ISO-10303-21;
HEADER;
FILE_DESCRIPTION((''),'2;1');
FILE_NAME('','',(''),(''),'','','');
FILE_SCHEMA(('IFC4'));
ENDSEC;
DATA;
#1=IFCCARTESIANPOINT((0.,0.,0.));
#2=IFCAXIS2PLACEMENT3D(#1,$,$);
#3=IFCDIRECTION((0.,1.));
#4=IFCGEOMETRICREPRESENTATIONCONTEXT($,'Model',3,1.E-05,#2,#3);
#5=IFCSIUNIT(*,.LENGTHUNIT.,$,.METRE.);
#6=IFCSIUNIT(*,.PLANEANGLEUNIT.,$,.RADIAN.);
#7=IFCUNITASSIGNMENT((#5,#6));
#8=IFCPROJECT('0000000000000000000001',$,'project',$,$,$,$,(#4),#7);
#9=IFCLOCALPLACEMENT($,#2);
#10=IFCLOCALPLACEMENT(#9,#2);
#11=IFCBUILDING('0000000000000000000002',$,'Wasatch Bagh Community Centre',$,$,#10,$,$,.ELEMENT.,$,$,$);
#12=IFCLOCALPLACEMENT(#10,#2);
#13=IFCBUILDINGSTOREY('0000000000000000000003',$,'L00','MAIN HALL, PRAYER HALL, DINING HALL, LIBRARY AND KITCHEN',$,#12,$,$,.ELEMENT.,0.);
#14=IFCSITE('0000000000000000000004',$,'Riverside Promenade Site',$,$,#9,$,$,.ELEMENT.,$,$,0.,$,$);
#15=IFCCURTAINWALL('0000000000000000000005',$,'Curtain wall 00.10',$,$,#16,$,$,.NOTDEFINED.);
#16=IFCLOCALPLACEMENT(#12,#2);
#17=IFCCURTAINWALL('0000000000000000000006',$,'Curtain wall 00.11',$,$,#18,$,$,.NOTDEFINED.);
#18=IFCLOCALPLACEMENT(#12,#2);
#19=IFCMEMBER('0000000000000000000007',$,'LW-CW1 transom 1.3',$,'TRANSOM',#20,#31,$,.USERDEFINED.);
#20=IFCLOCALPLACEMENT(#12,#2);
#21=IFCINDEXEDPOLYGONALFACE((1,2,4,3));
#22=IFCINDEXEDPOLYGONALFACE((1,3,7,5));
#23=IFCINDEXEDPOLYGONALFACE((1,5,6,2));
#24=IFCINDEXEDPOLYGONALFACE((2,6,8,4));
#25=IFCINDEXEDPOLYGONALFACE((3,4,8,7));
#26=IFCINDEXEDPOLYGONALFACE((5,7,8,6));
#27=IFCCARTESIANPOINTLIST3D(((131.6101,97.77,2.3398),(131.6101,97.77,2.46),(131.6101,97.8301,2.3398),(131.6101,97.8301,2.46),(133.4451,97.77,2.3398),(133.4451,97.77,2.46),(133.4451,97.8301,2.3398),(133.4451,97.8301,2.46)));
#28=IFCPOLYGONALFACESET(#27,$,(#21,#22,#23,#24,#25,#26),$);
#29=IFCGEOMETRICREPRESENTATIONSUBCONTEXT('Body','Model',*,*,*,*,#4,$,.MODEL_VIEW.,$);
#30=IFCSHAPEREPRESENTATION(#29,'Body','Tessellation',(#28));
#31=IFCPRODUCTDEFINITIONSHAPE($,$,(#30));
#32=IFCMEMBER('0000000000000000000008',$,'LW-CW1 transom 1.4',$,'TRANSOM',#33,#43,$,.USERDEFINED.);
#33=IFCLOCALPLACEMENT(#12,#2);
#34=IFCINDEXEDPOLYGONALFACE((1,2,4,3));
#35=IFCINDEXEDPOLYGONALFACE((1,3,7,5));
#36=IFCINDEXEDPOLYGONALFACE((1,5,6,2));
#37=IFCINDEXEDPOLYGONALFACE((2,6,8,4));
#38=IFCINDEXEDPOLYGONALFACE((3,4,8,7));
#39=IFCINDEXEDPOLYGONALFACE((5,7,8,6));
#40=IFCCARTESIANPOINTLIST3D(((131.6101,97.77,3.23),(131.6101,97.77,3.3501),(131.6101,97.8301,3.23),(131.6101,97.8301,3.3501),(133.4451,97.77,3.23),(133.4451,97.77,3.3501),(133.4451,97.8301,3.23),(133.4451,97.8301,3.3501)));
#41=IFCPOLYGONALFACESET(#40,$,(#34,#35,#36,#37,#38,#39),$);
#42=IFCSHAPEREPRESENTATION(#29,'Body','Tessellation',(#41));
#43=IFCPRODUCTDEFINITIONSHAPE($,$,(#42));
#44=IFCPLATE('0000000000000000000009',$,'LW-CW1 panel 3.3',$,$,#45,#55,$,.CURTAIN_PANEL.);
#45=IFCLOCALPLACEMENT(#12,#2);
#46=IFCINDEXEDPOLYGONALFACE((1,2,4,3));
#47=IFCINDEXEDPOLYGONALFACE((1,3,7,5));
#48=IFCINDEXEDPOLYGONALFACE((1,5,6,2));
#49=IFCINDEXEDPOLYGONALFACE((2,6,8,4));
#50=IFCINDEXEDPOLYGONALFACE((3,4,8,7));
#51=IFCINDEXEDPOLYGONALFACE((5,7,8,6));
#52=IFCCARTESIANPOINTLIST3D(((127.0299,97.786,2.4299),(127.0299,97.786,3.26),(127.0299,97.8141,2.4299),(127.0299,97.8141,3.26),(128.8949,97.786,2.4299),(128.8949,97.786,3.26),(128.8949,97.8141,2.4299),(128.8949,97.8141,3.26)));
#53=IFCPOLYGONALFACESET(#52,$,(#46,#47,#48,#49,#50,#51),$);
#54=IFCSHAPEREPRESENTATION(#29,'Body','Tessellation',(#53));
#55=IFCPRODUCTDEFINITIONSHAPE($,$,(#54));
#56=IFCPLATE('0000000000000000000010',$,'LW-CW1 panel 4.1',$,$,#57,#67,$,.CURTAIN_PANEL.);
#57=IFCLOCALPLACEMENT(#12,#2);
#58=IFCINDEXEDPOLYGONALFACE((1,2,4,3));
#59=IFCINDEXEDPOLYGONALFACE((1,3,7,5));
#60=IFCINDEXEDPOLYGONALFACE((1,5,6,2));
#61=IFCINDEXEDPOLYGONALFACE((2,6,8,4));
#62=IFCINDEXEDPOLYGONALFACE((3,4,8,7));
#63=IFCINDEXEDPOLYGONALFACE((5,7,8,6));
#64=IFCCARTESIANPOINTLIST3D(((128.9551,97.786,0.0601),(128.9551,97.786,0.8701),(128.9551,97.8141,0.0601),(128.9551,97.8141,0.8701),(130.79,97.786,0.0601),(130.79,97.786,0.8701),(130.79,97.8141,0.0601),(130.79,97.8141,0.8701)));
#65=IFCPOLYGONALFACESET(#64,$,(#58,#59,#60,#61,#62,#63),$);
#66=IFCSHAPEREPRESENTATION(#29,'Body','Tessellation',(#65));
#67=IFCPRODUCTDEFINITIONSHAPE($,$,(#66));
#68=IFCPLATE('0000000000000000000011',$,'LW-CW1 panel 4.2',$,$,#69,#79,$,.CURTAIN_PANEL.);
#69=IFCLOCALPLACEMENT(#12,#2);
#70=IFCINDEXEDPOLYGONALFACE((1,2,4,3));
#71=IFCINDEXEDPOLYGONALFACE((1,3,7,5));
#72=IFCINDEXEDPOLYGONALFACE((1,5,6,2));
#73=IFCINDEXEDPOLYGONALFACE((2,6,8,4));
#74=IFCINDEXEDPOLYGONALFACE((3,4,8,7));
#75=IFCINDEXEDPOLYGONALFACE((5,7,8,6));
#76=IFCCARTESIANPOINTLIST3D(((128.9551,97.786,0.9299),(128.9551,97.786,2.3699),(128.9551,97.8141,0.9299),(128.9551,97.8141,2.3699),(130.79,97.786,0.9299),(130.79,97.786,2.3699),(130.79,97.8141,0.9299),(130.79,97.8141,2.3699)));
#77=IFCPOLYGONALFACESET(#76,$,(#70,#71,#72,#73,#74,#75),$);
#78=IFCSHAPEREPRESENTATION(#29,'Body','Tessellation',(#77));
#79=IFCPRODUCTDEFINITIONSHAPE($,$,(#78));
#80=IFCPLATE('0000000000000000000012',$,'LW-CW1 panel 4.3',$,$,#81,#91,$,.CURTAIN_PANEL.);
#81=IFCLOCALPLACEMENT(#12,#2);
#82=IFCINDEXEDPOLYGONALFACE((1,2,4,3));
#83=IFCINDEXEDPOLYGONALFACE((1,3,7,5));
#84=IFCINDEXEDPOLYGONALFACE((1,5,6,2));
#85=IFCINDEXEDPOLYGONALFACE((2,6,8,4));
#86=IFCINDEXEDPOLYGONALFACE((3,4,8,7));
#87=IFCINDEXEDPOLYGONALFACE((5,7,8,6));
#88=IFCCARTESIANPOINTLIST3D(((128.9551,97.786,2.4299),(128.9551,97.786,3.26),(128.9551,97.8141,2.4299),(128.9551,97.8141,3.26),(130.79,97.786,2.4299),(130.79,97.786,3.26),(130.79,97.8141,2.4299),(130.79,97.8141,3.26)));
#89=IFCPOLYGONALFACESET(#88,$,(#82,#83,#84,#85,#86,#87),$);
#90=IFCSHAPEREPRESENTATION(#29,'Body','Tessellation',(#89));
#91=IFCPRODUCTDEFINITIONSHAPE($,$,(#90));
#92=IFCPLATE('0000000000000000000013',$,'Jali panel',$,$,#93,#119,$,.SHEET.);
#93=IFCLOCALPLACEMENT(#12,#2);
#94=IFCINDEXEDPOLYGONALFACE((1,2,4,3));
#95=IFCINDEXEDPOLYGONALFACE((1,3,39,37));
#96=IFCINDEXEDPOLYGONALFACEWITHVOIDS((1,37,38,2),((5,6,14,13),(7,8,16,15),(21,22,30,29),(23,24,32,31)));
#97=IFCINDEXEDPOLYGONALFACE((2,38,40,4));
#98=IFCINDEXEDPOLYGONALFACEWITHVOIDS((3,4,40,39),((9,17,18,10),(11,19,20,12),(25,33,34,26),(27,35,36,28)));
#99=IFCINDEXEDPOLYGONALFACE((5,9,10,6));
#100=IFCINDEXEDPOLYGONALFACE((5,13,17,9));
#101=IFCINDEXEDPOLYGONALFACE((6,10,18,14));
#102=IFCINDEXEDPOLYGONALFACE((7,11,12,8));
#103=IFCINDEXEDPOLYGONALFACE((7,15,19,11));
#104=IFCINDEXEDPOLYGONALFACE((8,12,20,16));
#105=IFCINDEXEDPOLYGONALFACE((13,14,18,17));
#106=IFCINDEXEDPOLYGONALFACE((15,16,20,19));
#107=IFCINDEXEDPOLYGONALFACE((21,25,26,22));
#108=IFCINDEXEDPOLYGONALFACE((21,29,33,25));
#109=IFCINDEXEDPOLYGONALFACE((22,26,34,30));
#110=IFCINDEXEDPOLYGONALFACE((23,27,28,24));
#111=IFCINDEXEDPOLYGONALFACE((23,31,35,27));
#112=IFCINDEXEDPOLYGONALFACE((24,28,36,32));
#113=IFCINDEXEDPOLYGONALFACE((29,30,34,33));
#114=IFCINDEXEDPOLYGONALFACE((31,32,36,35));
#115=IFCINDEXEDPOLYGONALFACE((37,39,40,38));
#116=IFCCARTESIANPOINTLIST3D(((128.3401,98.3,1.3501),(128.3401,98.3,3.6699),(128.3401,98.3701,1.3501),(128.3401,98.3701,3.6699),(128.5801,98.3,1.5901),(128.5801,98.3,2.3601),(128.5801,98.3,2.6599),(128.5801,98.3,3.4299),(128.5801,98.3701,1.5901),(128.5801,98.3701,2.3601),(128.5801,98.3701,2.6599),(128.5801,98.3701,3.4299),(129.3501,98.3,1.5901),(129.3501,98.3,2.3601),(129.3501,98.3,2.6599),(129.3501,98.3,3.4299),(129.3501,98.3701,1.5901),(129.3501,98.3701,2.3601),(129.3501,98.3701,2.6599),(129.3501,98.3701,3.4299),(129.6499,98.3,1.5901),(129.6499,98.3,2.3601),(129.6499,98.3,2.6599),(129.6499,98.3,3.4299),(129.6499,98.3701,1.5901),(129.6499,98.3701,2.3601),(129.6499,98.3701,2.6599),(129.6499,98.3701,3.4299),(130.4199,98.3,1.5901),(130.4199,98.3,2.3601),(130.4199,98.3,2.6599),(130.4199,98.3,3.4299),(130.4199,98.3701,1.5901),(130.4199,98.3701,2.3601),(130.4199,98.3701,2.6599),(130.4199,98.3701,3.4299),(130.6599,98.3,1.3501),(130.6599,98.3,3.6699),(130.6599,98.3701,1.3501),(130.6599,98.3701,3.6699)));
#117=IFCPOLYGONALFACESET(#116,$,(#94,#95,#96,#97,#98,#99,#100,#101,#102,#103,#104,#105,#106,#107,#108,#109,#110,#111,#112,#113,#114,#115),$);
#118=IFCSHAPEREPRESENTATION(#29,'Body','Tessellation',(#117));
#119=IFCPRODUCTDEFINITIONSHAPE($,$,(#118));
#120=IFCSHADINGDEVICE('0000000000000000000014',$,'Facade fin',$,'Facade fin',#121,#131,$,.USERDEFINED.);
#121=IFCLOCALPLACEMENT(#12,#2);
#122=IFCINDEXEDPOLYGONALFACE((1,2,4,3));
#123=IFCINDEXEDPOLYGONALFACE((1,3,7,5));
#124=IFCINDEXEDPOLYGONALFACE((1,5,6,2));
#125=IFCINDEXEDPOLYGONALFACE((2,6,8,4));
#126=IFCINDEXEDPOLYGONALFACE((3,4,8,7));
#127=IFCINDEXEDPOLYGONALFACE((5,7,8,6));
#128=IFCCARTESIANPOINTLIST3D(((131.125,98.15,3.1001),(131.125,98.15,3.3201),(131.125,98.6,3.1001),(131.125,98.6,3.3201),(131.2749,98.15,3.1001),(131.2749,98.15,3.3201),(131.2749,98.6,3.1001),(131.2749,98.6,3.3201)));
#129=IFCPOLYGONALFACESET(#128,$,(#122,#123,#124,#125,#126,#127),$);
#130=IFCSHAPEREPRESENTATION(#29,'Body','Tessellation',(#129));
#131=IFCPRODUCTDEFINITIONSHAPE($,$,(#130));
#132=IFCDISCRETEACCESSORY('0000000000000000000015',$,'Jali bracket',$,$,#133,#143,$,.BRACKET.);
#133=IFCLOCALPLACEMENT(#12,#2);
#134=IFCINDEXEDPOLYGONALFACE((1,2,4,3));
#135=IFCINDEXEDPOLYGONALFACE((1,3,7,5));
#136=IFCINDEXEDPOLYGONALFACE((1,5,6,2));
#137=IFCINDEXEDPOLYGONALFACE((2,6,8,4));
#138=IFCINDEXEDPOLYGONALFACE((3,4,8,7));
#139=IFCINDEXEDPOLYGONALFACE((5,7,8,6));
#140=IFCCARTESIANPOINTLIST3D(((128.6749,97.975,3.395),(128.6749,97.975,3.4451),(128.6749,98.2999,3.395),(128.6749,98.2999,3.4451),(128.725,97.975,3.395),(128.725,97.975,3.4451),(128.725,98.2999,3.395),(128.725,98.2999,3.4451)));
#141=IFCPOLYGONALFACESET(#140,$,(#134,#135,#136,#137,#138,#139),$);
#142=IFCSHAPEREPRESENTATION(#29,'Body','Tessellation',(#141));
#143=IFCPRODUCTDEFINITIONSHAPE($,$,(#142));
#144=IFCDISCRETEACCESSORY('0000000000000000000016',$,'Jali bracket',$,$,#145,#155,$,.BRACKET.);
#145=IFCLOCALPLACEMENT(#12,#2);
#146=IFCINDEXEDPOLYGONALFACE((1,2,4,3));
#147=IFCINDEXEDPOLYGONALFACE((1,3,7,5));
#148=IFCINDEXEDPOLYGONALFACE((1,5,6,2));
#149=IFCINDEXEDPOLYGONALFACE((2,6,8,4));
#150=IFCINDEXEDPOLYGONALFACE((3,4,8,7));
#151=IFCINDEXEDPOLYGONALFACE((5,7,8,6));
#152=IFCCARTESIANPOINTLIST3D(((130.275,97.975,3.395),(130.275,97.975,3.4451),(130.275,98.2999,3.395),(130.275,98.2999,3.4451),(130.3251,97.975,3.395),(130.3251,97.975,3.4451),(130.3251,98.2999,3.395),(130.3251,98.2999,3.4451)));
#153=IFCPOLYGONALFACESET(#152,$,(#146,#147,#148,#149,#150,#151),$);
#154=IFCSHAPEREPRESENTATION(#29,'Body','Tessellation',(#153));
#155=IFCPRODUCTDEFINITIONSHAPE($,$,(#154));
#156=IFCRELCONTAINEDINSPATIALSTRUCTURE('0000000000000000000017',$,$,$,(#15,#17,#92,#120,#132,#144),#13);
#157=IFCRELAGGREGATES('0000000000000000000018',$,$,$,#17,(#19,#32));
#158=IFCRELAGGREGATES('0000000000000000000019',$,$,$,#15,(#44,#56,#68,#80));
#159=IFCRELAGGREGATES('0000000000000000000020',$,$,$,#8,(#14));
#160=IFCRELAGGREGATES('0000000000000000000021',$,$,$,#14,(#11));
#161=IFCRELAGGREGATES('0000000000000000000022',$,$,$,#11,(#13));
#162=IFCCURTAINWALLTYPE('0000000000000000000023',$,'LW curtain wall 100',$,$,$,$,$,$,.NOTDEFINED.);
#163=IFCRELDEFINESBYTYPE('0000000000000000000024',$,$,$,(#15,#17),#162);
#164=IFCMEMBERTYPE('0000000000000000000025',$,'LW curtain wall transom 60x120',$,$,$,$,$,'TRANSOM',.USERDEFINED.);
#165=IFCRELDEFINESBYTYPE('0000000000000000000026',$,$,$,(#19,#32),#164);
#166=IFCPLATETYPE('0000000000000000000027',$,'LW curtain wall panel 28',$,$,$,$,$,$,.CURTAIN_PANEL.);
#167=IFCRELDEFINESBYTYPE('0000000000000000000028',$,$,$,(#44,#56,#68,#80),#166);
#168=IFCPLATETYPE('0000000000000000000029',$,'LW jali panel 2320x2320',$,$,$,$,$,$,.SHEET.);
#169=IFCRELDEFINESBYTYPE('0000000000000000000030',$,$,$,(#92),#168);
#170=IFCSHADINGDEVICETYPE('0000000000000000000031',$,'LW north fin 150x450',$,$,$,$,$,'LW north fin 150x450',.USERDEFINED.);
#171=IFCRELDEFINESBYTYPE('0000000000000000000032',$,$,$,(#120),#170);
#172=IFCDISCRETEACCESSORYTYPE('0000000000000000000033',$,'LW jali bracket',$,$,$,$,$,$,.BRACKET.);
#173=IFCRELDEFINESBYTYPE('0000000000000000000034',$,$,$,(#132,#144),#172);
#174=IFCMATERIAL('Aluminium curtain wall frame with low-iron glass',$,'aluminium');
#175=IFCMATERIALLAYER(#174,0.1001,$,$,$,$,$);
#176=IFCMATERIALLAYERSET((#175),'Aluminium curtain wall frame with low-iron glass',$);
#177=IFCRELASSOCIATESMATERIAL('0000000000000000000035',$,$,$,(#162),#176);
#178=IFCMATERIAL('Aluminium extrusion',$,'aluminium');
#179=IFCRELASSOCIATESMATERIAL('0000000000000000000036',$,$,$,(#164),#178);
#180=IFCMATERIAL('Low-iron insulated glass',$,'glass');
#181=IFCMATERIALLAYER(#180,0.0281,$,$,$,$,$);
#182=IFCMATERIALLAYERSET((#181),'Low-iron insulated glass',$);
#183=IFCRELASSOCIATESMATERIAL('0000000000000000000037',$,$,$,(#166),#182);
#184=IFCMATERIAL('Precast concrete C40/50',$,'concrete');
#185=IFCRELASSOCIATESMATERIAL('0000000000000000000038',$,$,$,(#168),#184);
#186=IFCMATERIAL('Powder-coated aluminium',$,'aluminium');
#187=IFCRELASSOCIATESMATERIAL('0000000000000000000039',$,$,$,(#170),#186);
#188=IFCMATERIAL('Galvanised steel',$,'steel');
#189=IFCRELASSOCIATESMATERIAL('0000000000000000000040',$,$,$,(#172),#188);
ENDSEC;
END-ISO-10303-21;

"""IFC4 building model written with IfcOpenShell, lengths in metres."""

from ifc_helpers import new_model, si_unit, direction, frame, origin, origin_2d, place, context, subcontext, project, spatial, polyline, rectangle, outline, extrude, material, layer, layer_set, material_profile, profile_set, type_object, element, aggregate, save


model = new_model("IFC4")

# Units and contexts
model_context = context("Model", 3, precision=1e-05, world=origin(), true_north=direction((0.0, 1.0)))
body_context = subcontext(model_context, "Body", "Model", "MODEL_VIEW")
ifc_project = project(units=[si_unit("LENGTHUNIT", "METRE"), si_unit("PLANEANGLEUNIT", "RADIAN")], contexts=[model_context])

# Site, building, storey
site_placement = place(None, origin())
site = spatial("IfcSite", under=ifc_project, at=site_placement, Name="Riverside Promenade Site", CompositionType="ELEMENT", RefElevation=0.0)
building_placement = place(site_placement, origin())
building = spatial("IfcBuilding", under=site, at=building_placement, Name="Wasatch Bagh Community Centre", CompositionType="ELEMENT")
storey_placement = place(building_placement, origin())
storey = spatial("IfcBuildingStorey", under=building, at=storey_placement, Name="L00", Description="MAIN HALL, PRAYER HALL, DINING HALL, LIBRARY AND KITCHEN", CompositionType="ELEMENT", Elevation=0.0)

# Curtain wall
ifc_material_1 = material(Name="Aluminium curtain wall frame with low-iron glass", Category="aluminium")
ifc_layer_1 = layer(ifc_material_1, 0.1001)
ifc_layer_set_1 = layer_set([ifc_layer_1], Name="Aluminium curtain wall frame with low-iron glass")
curtain_wall_type = type_object("IfcCurtainWallType", Name="LW curtain wall 100", PredefinedType="NOTDEFINED", material=ifc_layer_set_1)
curtain_wall_1_placement = place(storey_placement, origin())
curtain_wall_1 = element("IfcCurtainWall", 1, at=curtain_wall_1_placement, inside=storey, type_object=curtain_wall_type, Name="Curtain wall 00.10", PredefinedType="NOTDEFINED")
ifc_material_2 = material(Name="Aluminium extrusion", Category="aluminium")

# Curtain wall
curtain_wall_2_placement = place(storey_placement, origin())
curtain_wall_2 = element("IfcCurtainWall", 2, at=curtain_wall_2_placement, inside=storey, type_object=curtain_wall_type, Name="Curtain wall 00.11", PredefinedType="NOTDEFINED")

# Members
ifc_material_profile_1 = material_profile(ifc_material_2, rectangle(XDim=0.0601, YDim=0.1201, at=origin_2d()), Name="AL 60x120")
ifc_profile_set_1 = profile_set([ifc_material_profile_1], Name="Aluminium extrusion")
member_type_1 = type_object("IfcMemberType", Name="LW curtain wall transom 60x120", ElementType="TRANSOM", PredefinedType="USERDEFINED", material=ifc_profile_set_1)
member_1_placement = place(storey_placement, frame((131.6101, 97.8, 2.3999), z_axis=(1.0, 0.0, 0.0), x_axis=(0.0, 1.0, 0.0)))
member_1 = element("IfcMember", 3, at=member_1_placement, type_object=member_type_1, Name="LW-CW1 transom 1.3", ObjectType="TRANSOM", PredefinedType="USERDEFINED", context=body_context, shape_type="SweptSolid", body=[
    extrude(rectangle(XDim=0.0601, YDim=0.1201, at=origin_2d()), origin(), (0.0, 0.0, 1.0), 1.835),
])
member_2_placement = place(storey_placement, frame((131.6101, 97.8, 3.29), z_axis=(1.0, 0.0, 0.0), x_axis=(0.0, 1.0, 0.0)))
member_2 = element("IfcMember", 4, at=member_2_placement, type_object=member_type_1, Name="LW-CW1 transom 1.4", ObjectType="TRANSOM", PredefinedType="USERDEFINED", context=body_context, shape_type="SweptSolid", body=[
    extrude(rectangle(XDim=0.0601, YDim=0.1201, at=origin_2d()), origin(), (0.0, 0.0, 1.0), 1.835),
])
aggregate(curtain_wall_2, [member_1, member_2])

# Plates
ifc_material_3 = material(Name="Low-iron insulated glass", Category="glass")
ifc_layer_2 = layer(ifc_material_3, 0.0281)
ifc_layer_set_2 = layer_set([ifc_layer_2], Name="Low-iron insulated glass")
plate_type_1 = type_object("IfcPlateType", Name="LW curtain wall panel 28", PredefinedType="CURTAIN_PANEL", material=ifc_layer_set_2)
plate_1_placement = place(storey_placement, frame((127.9624, 97.8, 2.4299), z_axis=(0.0, 0.0, 1.0), x_axis=(1.0, 0.0, 0.0)))
plate_1 = element("IfcPlate", 5, at=plate_1_placement, type_object=plate_type_1, Name="LW-CW1 panel 3.3", PredefinedType="CURTAIN_PANEL", context=body_context, shape_type="SweptSolid", body=[
    extrude(rectangle(XDim=1.865, YDim=0.0281, at=origin_2d()), origin(), (0.0, 0.0, 1.0), 0.8301),
])
plate_2_placement = place(storey_placement, frame((129.8726, 97.8, 0.0601), z_axis=(0.0, 0.0, 1.0), x_axis=(1.0, 0.0, 0.0)))
plate_2 = element("IfcPlate", 6, at=plate_2_placement, type_object=plate_type_1, Name="LW-CW1 panel 4.1", PredefinedType="CURTAIN_PANEL", context=body_context, shape_type="SweptSolid", body=[
    extrude(rectangle(XDim=1.835, YDim=0.0281, at=origin_2d()), origin(), (0.0, 0.0, 1.0), 0.8101),
])
plate_3_placement = place(storey_placement, frame((129.8726, 97.8, 0.9299), z_axis=(0.0, 0.0, 1.0), x_axis=(1.0, 0.0, 0.0)))
plate_3 = element("IfcPlate", 7, at=plate_3_placement, type_object=plate_type_1, Name="LW-CW1 panel 4.2", PredefinedType="CURTAIN_PANEL", context=body_context, shape_type="SweptSolid", body=[
    extrude(rectangle(XDim=1.835, YDim=0.0281, at=origin_2d()), origin(), (0.0, 0.0, 1.0), 1.4399),
])
plate_4_placement = place(storey_placement, frame((129.8726, 97.8, 2.4299), z_axis=(0.0, 0.0, 1.0), x_axis=(1.0, 0.0, 0.0)))
plate_4 = element("IfcPlate", 8, at=plate_4_placement, type_object=plate_type_1, Name="LW-CW1 panel 4.3", PredefinedType="CURTAIN_PANEL", context=body_context, shape_type="SweptSolid", body=[
    extrude(rectangle(XDim=1.835, YDim=0.0281, at=origin_2d()), origin(), (0.0, 0.0, 1.0), 0.8301),
])
aggregate(curtain_wall_1, [plate_1, plate_2, plate_3, plate_4])
ifc_material_4 = material(Name="Precast concrete C40/50", Category="concrete")
ifc_material_profile_2 = material_profile(ifc_material_4, outline(polyline([(-1.1599, -1.1599), (1.1599, -1.1599), (1.1599, 1.1599), (-1.1599, 1.1599), (-1.1599, -1.1599)]), holes=[polyline([(-0.9199, -0.9199), (-0.1499, -0.9199), (-0.1499, -0.1499), (-0.9199, -0.1499), (-0.9199, -0.9199)]), polyline([(-0.9199, 0.1499), (-0.1499, 0.1499), (-0.1499, 0.9199), (-0.9199, 0.9199), (-0.9199, 0.1499)]), polyline([(0.1499, -0.9199), (0.9199, -0.9199), (0.9199, -0.1499), (0.1499, -0.1499), (0.1499, -0.9199)]), polyline([(0.1499, 0.1499), (0.9199, 0.1499), (0.9199, 0.9199), (0.1499, 0.9199), (0.1499, 0.1499)])]), Name="Jali lattice")
ifc_profile_set_2 = profile_set([ifc_material_profile_2], Name="Precast concrete C40/50")
plate_type_2 = type_object("IfcPlateType", Name="LW jali panel 2320x2320", PredefinedType="SHEET", material=ifc_profile_set_2)
plate_5_placement = place(storey_placement, frame((129.5, 98.3, 2.51), z_axis=(0.0, 1.0, 0.0), x_axis=(-1.0, 0.0, 0.0)))
element("IfcPlate", 9, at=plate_5_placement, inside=storey, type_object=plate_type_2, Name="Jali panel", PredefinedType="SHEET", context=body_context, shape_type="SweptSolid", body=[
    extrude(outline(polyline([(-1.1599, -1.1599), (1.1599, -1.1599), (1.1599, 1.1599), (-1.1599, 1.1599), (-1.1599, -1.1599)]), holes=[polyline([(-0.9199, -0.9199), (-0.1499, -0.9199), (-0.1499, -0.1499), (-0.9199, -0.1499), (-0.9199, -0.9199)]), polyline([(-0.9199, 0.1499), (-0.1499, 0.1499), (-0.1499, 0.9199), (-0.9199, 0.9199), (-0.9199, 0.1499)]), polyline([(0.1499, -0.9199), (0.9199, -0.9199), (0.9199, -0.1499), (0.1499, -0.1499), (0.1499, -0.9199)]), polyline([(0.1499, 0.1499), (0.9199, 0.1499), (0.9199, 0.9199), (0.1499, 0.9199), (0.1499, 0.1499)])]), origin(), (0.0, 0.0, 1.0), 0.0701),
])

# Shading device
ifc_material_5 = material(Name="Powder-coated aluminium", Category="aluminium")
shading_device_type = type_object("IfcShadingDeviceType", Name="LW north fin 150x450", ElementType="LW north fin 150x450", PredefinedType="USERDEFINED", material=ifc_material_5)
shading_device_placement = place(storey_placement, frame((131.2, 98.375, 3.1001), z_axis=(0.0, 0.0, 1.0), x_axis=(1.0, 0.0, 0.0)))
element("IfcShadingDevice", 10, at=shading_device_placement, inside=storey, type_object=shading_device_type, Name="Facade fin", ObjectType="Facade fin", PredefinedType="USERDEFINED", context=body_context, shape_type="SweptSolid", body=[
    extrude(rectangle(XDim=0.1499, YDim=0.45, at=origin_2d()), origin(), (0.0, 0.0, 1.0), 0.22),
])

# Discrete accessories
ifc_material_6 = material(Name="Galvanised steel", Category="steel")
discrete_accessory_type = type_object("IfcDiscreteAccessoryType", Name="LW jali bracket", PredefinedType="BRACKET", material=ifc_material_6)
for number, where, z_axis, x_axis, name in (
    (11, (128.7, 98.1375, 3.395), (0.0, 0.0, 1.0), (1.0, 0.0, 0.0), "Jali bracket"),
    (12, (130.3, 98.1375, 3.395), (0.0, 0.0, 1.0), (1.0, 0.0, 0.0), "Jali bracket"),
):
    element("IfcDiscreteAccessory", number, at=place(storey_placement, frame(where, z_axis=z_axis, x_axis=x_axis)), inside=storey, type_object=discrete_accessory_type, Name=name, PredefinedType="BRACKET", context=body_context, shape_type="SweptSolid", body=[
        extrude(rectangle(XDim=0.05, YDim=0.325, at=origin_2d()), origin(), (0.0, 0.0, 1.0), 0.05),
    ])

save(model, "model.ifc")
